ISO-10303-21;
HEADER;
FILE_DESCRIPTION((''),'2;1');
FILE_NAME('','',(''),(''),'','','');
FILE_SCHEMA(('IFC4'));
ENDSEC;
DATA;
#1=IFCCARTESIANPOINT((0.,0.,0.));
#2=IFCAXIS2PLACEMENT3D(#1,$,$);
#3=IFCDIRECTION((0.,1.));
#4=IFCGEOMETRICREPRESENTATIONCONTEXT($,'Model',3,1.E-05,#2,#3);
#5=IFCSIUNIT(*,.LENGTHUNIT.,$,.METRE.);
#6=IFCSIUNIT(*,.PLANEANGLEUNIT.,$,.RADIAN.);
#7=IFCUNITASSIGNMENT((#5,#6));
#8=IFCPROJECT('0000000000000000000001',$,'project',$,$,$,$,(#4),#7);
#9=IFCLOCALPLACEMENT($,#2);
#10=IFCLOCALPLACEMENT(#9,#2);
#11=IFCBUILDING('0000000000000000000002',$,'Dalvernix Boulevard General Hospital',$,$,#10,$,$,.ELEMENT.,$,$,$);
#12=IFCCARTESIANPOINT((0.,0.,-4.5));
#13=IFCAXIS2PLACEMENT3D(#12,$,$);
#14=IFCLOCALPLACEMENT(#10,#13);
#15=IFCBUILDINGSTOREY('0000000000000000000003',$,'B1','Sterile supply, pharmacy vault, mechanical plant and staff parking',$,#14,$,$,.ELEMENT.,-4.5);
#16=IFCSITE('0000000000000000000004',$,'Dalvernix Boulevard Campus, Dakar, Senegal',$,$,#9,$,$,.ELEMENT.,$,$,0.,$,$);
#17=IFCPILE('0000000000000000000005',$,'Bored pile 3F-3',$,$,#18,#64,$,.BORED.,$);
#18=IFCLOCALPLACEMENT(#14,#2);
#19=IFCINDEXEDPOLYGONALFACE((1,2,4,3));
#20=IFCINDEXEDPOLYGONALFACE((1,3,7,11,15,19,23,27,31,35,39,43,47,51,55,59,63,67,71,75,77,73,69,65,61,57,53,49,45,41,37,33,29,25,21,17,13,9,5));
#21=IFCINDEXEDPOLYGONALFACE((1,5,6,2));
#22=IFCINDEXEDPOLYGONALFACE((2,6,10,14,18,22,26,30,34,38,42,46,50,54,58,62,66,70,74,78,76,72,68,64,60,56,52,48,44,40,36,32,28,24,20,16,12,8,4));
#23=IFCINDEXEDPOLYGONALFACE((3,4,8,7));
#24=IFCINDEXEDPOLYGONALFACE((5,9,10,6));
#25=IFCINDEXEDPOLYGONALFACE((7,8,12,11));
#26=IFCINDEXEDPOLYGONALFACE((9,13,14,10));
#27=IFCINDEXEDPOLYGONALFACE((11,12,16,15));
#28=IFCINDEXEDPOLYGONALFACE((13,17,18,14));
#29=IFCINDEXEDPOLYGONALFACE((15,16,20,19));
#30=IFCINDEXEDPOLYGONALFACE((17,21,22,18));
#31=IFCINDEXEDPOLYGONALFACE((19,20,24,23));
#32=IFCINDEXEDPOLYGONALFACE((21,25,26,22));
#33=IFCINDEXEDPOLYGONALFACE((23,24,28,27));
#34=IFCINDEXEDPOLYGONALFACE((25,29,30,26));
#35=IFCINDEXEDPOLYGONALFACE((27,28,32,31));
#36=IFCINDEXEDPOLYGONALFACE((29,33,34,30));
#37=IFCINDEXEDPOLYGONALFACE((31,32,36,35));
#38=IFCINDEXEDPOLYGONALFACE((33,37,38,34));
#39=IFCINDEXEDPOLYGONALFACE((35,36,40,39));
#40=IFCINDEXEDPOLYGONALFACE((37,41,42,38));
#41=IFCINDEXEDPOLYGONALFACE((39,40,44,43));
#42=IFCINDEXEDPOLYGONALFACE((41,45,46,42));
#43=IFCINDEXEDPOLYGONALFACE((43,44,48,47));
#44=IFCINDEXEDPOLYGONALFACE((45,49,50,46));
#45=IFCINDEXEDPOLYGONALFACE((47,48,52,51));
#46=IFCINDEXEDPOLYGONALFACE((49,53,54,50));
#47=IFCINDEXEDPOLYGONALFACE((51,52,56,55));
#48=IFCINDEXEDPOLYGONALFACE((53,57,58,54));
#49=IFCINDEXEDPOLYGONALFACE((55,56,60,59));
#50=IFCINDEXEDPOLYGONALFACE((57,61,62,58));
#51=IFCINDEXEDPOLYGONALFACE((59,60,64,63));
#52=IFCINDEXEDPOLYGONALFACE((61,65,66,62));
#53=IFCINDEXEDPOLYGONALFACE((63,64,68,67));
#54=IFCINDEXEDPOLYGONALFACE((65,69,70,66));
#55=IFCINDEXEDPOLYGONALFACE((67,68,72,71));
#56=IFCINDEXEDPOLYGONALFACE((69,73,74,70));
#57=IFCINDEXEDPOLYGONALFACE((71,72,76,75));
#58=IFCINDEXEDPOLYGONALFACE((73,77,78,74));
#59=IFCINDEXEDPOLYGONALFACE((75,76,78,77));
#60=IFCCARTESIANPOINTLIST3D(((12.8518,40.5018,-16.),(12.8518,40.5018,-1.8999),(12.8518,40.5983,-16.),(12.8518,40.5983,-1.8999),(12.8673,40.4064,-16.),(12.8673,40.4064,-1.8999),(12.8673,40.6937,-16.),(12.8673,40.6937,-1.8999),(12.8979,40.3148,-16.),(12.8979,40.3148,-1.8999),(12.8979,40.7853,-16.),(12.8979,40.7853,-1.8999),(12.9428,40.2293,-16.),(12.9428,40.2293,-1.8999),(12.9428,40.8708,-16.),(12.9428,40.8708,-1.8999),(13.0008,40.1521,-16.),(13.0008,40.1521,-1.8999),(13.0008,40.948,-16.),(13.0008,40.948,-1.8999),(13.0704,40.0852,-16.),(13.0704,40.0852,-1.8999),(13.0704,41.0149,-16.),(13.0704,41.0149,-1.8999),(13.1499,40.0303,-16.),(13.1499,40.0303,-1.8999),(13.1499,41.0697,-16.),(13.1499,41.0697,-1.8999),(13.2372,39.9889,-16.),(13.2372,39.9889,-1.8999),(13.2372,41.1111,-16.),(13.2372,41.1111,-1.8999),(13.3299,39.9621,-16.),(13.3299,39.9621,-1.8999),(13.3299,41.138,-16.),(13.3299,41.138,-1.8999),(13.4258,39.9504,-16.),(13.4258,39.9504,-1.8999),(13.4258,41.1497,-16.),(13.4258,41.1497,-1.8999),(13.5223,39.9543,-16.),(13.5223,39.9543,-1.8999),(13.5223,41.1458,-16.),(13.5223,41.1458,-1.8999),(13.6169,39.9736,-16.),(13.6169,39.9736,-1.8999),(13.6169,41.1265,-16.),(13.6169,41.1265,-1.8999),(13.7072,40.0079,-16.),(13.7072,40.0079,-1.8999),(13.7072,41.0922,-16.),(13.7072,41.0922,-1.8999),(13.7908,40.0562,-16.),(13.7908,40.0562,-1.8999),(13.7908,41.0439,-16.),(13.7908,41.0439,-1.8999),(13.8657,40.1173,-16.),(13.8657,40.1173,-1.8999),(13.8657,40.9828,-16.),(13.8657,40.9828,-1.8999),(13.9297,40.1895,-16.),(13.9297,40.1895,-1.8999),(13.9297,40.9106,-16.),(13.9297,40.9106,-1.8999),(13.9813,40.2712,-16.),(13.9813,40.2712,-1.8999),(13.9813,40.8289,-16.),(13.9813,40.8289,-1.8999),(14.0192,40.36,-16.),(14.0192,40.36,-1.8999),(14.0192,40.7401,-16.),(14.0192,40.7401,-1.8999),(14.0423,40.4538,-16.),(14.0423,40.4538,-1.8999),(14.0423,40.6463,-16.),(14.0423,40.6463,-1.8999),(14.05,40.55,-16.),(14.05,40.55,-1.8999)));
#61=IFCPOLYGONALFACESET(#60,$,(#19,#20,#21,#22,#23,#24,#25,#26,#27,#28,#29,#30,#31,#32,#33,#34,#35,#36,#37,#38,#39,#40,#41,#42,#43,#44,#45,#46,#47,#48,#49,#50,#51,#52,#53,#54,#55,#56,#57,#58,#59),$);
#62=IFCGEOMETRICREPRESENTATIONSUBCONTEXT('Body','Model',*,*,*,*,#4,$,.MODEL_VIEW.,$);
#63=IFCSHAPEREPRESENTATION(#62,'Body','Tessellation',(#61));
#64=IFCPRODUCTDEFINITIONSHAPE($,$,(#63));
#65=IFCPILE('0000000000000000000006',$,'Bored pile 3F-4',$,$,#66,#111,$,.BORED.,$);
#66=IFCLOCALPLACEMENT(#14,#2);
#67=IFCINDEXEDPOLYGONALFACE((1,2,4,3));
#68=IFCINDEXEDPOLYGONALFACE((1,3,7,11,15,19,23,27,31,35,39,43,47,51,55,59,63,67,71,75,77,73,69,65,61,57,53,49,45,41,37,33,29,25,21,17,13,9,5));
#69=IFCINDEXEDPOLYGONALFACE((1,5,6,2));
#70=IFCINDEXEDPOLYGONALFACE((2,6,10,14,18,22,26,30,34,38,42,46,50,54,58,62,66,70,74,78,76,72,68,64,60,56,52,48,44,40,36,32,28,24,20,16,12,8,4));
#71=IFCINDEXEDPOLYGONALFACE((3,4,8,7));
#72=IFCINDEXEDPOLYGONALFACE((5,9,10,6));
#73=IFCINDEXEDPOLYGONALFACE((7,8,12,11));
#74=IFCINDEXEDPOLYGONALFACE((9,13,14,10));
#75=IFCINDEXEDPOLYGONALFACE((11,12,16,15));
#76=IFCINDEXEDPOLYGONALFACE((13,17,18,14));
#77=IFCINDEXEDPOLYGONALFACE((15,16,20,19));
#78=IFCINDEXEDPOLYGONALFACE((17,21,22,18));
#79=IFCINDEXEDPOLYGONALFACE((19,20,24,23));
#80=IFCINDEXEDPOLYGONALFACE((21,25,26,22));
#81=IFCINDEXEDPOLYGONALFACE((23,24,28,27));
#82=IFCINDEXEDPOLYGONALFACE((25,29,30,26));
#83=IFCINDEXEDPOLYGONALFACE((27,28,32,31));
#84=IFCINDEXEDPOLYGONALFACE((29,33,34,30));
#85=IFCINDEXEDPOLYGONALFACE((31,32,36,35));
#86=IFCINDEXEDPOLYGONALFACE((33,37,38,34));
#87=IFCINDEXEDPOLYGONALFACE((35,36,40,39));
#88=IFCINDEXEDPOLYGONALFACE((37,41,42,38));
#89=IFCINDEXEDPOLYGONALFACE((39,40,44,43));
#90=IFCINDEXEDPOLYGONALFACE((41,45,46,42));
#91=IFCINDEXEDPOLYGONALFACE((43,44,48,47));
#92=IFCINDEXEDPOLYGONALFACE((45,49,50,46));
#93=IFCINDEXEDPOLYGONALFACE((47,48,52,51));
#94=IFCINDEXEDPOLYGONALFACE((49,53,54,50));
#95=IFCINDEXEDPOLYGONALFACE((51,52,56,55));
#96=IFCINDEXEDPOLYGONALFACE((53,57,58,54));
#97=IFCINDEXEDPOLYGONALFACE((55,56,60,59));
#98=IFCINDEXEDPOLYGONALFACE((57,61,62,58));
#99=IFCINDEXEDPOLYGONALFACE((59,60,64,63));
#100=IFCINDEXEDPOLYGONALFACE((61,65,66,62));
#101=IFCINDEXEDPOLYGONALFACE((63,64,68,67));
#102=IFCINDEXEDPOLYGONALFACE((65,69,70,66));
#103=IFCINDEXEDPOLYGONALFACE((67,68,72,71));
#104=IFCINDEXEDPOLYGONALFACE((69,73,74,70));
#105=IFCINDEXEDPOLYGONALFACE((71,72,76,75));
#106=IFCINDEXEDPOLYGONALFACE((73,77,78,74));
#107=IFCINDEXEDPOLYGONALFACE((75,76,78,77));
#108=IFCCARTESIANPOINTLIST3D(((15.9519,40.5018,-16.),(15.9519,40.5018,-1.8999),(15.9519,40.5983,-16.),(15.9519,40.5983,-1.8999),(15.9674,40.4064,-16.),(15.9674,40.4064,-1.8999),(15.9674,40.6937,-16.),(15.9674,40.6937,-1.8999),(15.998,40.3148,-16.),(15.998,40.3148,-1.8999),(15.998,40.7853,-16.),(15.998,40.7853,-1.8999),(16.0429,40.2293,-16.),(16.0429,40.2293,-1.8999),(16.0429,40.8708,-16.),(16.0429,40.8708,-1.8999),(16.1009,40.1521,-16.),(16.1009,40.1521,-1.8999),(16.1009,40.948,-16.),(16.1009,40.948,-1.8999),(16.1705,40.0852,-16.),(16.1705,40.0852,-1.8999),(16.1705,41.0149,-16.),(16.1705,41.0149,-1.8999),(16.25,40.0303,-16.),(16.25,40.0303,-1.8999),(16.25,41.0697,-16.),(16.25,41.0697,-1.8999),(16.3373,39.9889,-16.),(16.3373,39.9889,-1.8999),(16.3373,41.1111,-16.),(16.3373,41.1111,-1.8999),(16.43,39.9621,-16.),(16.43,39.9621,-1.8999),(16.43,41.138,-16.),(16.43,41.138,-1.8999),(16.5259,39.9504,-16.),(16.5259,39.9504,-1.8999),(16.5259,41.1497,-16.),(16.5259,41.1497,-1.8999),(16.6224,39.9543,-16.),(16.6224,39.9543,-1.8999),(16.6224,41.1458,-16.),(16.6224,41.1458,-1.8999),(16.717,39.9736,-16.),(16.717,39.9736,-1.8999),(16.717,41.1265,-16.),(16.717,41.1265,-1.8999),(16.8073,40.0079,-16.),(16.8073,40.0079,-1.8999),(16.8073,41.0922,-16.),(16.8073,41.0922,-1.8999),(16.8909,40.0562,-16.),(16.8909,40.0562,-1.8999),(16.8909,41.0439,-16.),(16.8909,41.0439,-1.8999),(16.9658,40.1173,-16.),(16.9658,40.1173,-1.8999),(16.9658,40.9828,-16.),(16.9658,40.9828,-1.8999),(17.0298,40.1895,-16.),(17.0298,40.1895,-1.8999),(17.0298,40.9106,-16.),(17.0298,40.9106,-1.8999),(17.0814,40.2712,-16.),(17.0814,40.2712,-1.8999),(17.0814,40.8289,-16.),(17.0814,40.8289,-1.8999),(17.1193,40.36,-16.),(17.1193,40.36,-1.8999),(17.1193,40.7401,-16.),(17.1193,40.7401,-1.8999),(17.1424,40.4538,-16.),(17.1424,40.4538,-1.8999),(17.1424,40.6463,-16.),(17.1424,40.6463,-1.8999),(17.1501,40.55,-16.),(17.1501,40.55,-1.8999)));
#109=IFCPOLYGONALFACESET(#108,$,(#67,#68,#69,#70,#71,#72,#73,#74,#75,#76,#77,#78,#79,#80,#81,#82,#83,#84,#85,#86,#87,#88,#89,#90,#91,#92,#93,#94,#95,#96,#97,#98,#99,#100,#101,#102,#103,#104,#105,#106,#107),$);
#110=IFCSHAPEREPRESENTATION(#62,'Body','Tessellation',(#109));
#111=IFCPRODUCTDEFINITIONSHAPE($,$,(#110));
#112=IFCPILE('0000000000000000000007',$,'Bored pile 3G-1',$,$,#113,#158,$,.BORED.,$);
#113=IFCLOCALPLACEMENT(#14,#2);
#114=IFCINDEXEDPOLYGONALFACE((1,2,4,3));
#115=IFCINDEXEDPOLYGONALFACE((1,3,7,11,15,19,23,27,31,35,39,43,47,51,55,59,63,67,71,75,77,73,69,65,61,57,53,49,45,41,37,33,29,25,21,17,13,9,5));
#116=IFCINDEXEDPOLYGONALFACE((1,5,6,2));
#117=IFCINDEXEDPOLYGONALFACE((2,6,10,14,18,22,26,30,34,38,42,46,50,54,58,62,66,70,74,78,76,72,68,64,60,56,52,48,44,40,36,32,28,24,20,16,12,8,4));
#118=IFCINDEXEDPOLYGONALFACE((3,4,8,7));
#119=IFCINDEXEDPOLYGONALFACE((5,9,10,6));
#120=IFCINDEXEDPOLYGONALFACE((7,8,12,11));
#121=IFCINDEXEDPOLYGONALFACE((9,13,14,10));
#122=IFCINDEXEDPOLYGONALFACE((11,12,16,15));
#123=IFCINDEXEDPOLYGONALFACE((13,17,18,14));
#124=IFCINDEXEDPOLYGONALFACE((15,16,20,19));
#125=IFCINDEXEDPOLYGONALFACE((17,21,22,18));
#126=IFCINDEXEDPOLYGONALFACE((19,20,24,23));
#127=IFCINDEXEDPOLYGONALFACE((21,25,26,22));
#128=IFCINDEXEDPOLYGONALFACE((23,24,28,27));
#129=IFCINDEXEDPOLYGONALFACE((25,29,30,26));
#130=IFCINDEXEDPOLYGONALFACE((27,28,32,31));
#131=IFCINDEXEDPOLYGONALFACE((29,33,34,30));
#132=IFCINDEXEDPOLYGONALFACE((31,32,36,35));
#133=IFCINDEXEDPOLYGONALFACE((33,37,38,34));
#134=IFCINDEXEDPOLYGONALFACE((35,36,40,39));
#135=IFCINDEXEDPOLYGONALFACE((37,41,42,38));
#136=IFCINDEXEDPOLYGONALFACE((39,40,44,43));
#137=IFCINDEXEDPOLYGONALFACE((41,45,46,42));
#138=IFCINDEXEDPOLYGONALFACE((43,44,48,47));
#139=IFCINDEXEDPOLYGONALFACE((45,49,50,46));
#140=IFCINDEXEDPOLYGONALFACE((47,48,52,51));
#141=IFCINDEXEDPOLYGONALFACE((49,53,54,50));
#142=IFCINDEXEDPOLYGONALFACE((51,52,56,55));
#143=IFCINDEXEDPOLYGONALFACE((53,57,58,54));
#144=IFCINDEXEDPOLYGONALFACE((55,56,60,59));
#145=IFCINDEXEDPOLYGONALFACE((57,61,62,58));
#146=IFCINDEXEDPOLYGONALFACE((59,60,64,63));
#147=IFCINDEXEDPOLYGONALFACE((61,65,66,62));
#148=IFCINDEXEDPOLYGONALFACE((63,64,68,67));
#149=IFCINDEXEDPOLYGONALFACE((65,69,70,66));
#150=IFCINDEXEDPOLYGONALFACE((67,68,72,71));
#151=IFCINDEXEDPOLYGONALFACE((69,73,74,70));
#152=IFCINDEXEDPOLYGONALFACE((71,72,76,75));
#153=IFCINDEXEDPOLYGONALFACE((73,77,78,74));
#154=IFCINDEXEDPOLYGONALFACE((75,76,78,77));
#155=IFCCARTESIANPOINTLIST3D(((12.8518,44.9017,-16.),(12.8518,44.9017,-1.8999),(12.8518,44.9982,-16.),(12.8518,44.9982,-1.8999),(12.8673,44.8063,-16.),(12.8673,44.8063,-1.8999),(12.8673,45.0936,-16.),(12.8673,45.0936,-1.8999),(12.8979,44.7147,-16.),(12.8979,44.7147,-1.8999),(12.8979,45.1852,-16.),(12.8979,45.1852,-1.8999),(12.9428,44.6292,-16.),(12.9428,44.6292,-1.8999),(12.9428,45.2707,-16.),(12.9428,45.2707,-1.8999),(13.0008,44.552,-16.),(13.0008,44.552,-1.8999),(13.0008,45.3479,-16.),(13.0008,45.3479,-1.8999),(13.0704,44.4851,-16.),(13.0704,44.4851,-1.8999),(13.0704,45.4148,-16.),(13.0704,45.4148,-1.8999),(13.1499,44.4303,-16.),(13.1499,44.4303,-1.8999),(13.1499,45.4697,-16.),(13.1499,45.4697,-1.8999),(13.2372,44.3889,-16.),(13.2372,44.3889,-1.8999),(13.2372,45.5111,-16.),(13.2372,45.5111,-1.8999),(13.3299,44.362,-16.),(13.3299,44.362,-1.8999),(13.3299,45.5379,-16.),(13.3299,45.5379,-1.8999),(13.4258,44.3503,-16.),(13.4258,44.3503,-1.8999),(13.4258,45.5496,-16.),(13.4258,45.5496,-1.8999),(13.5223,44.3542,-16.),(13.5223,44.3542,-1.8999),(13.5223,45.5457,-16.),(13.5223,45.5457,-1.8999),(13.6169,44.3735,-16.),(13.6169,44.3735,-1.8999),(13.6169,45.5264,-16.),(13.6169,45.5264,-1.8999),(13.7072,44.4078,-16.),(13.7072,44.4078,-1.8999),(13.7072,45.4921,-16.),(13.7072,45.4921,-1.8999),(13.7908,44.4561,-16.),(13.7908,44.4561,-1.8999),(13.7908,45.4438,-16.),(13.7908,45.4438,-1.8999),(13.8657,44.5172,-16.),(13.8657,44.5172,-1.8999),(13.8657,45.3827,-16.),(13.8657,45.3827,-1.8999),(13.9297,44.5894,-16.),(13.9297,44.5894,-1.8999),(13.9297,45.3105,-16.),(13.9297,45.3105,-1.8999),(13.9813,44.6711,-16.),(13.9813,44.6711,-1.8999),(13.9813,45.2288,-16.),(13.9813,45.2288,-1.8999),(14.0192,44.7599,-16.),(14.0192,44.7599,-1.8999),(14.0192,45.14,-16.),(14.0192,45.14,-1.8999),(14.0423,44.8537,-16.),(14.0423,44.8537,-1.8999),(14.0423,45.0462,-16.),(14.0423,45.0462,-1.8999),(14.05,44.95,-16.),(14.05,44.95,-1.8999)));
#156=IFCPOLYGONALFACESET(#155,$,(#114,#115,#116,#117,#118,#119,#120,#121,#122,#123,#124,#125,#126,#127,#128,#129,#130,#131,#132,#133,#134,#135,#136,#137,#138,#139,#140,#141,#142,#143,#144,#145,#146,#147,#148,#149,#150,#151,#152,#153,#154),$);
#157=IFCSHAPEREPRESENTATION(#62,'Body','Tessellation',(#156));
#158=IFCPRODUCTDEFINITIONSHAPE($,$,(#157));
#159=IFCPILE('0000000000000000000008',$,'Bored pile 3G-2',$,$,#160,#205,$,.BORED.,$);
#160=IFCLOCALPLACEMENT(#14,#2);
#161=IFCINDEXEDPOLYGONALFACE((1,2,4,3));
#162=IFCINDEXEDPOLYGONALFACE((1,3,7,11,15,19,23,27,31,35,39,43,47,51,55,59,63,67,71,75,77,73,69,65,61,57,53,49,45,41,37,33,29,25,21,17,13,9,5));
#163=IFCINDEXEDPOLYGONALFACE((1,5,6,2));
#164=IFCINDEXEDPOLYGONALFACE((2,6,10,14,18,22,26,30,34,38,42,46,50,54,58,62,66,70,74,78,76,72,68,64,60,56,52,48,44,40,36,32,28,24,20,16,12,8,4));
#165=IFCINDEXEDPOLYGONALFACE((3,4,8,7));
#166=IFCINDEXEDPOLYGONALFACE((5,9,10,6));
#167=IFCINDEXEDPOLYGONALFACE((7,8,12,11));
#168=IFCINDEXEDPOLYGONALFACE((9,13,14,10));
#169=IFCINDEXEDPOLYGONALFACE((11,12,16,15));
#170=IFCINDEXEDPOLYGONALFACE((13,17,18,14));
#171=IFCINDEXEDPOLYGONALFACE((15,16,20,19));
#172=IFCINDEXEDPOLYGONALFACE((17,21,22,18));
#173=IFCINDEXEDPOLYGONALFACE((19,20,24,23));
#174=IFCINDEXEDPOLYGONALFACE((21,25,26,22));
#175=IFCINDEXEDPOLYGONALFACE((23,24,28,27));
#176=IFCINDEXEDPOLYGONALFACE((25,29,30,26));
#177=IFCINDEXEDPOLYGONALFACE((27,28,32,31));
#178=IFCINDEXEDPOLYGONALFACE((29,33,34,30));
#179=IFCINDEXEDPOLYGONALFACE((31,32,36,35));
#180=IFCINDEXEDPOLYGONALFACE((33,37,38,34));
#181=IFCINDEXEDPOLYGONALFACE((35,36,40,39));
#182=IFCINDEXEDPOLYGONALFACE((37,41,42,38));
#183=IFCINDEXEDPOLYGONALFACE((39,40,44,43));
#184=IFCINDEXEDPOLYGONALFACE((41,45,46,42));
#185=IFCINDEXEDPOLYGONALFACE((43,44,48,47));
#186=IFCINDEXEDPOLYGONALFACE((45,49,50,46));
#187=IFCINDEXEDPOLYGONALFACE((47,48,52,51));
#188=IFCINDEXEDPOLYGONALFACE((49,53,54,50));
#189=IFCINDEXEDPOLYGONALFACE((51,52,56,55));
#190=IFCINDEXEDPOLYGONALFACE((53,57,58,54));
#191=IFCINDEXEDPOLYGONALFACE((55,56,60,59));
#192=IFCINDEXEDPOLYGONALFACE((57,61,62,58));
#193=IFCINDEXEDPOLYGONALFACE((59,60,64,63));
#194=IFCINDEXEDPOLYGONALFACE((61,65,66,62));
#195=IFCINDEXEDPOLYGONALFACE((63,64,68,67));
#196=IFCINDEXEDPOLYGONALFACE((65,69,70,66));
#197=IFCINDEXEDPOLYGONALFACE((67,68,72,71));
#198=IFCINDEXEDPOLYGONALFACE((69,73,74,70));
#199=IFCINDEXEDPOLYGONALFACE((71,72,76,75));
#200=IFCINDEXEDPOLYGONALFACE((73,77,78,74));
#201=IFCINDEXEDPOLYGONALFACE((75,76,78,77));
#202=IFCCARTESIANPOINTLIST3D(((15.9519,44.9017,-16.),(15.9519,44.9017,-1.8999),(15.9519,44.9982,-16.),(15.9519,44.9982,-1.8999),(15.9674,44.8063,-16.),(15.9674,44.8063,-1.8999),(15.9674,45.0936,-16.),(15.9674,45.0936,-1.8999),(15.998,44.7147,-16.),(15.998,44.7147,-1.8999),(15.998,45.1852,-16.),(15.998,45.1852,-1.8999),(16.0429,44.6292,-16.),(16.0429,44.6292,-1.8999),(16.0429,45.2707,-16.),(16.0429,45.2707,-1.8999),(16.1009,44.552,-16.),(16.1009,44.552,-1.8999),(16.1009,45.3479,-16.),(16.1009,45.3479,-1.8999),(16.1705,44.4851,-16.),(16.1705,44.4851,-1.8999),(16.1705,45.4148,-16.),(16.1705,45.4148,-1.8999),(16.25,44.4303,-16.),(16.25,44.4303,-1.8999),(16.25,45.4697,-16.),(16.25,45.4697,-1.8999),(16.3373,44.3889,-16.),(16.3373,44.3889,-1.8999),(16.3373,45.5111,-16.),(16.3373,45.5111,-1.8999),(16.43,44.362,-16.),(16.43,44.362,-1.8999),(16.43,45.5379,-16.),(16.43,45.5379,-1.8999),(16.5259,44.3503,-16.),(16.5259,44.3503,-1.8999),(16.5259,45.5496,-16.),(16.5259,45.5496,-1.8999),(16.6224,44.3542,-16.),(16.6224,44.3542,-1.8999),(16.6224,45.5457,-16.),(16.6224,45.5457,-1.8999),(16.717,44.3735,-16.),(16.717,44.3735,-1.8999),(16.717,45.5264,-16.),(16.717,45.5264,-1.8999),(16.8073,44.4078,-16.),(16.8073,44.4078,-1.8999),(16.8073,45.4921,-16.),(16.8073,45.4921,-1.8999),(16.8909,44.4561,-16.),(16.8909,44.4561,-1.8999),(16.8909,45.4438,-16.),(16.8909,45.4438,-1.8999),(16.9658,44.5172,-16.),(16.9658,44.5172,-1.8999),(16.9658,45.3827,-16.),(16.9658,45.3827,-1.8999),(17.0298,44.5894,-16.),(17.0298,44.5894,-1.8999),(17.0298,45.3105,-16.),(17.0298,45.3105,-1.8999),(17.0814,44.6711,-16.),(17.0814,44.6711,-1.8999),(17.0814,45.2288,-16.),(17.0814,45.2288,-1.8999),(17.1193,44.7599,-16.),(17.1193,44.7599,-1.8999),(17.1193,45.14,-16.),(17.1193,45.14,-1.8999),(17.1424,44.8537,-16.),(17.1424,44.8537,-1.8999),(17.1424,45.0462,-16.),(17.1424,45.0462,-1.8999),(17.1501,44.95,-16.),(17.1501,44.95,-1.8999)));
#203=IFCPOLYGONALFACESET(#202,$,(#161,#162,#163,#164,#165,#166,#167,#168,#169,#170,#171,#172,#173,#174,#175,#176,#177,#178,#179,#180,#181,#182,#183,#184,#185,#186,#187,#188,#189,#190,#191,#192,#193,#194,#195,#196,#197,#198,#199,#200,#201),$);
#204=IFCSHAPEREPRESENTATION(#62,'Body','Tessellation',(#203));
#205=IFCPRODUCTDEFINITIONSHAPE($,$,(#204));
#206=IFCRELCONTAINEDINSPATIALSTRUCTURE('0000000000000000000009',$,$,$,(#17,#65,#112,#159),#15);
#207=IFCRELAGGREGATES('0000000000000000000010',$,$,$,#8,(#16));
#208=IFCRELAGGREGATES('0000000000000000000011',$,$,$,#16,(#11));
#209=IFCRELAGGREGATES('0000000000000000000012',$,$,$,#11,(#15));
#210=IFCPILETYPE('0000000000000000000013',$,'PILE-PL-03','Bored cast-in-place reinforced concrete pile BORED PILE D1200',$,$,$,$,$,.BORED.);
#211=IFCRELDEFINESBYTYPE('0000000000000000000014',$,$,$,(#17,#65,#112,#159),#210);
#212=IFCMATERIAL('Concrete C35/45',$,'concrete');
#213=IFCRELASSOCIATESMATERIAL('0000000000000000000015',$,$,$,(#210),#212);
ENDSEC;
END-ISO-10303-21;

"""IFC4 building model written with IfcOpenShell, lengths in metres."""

from ifc_helpers import new_model, si_unit, direction, frame, origin, origin_2d, place, context, subcontext, project, spatial, circle, extrude, material, material_profile, profile_set, type_object, element, save


model = new_model("IFC4")

# Units and contexts
model_context = context("Model", 3, precision=1e-05, world=origin(), true_north=direction((0.0, 1.0)))
body_context = subcontext(model_context, "Body", "Model", "MODEL_VIEW")
ifc_project = project(units=[si_unit("LENGTHUNIT", "METRE"), si_unit("PLANEANGLEUNIT", "RADIAN")], contexts=[model_context])

# Site, building, storey
site_placement = place(None, origin())
site = spatial("IfcSite", under=ifc_project, at=site_placement, Name="Dalvernix Boulevard Campus, Dakar, Senegal", CompositionType="ELEMENT", RefElevation=0.0)
building_placement = place(site_placement, origin())
building = spatial("IfcBuilding", under=site, at=building_placement, Name="Dalvernix Boulevard General Hospital", CompositionType="ELEMENT")
storey_placement = place(building_placement, frame((0.0, 0.0, -4.5)))
storey = spatial("IfcBuildingStorey", under=building, at=storey_placement, Name="B1", Description="Sterile supply, pharmacy vault, mechanical plant and staff parking", CompositionType="ELEMENT", Elevation=-4.5)

# Shared definitions
ifc_material_1 = material(Name="Concrete C35/45", Category="concrete")

# Piles
ifc_material_profile_1 = material_profile(ifc_material_1, circle(Radius=0.6001, at=origin_2d()), Name="BORED PILE D1200")
ifc_profile_set_1 = profile_set([ifc_material_profile_1], Name="Concrete C35/45")
pile_type = type_object("IfcPileType", Name="PILE-PL-03", Description="Bored cast-in-place reinforced concrete pile BORED PILE D1200", PredefinedType="BORED", material=ifc_profile_set_1)
for number, where, z_axis, x_axis, name in (
    (1, (13.45, 40.55, -1.8999), (0.0, 0.0, -1.0), (1.0, 0.0, 0.0), "Bored pile 3F-3"),
    (2, (16.55, 40.55, -1.8999), (0.0, 0.0, -1.0), (1.0, 0.0, 0.0), "Bored pile 3F-4"),
    (3, (13.45, 44.95, -1.8999), (0.0, 0.0, -1.0), (1.0, 0.0, 0.0), "Bored pile 3G-1"),
    (4, (16.55, 44.95, -1.8999), (0.0, 0.0, -1.0), (1.0, 0.0, 0.0), "Bored pile 3G-2"),
):
    element("IfcPile", number, at=place(storey_placement, frame(where, z_axis=z_axis, x_axis=x_axis)), inside=storey, type_object=pile_type, Name=name, PredefinedType="BORED", context=body_context, shape_type="SweptSolid", body=[
        extrude(circle(Radius=0.6001, at=origin_2d()), origin(), (0.0, 0.0, 1.0), 14.1001),
    ])

save(model, "model.ifc")
